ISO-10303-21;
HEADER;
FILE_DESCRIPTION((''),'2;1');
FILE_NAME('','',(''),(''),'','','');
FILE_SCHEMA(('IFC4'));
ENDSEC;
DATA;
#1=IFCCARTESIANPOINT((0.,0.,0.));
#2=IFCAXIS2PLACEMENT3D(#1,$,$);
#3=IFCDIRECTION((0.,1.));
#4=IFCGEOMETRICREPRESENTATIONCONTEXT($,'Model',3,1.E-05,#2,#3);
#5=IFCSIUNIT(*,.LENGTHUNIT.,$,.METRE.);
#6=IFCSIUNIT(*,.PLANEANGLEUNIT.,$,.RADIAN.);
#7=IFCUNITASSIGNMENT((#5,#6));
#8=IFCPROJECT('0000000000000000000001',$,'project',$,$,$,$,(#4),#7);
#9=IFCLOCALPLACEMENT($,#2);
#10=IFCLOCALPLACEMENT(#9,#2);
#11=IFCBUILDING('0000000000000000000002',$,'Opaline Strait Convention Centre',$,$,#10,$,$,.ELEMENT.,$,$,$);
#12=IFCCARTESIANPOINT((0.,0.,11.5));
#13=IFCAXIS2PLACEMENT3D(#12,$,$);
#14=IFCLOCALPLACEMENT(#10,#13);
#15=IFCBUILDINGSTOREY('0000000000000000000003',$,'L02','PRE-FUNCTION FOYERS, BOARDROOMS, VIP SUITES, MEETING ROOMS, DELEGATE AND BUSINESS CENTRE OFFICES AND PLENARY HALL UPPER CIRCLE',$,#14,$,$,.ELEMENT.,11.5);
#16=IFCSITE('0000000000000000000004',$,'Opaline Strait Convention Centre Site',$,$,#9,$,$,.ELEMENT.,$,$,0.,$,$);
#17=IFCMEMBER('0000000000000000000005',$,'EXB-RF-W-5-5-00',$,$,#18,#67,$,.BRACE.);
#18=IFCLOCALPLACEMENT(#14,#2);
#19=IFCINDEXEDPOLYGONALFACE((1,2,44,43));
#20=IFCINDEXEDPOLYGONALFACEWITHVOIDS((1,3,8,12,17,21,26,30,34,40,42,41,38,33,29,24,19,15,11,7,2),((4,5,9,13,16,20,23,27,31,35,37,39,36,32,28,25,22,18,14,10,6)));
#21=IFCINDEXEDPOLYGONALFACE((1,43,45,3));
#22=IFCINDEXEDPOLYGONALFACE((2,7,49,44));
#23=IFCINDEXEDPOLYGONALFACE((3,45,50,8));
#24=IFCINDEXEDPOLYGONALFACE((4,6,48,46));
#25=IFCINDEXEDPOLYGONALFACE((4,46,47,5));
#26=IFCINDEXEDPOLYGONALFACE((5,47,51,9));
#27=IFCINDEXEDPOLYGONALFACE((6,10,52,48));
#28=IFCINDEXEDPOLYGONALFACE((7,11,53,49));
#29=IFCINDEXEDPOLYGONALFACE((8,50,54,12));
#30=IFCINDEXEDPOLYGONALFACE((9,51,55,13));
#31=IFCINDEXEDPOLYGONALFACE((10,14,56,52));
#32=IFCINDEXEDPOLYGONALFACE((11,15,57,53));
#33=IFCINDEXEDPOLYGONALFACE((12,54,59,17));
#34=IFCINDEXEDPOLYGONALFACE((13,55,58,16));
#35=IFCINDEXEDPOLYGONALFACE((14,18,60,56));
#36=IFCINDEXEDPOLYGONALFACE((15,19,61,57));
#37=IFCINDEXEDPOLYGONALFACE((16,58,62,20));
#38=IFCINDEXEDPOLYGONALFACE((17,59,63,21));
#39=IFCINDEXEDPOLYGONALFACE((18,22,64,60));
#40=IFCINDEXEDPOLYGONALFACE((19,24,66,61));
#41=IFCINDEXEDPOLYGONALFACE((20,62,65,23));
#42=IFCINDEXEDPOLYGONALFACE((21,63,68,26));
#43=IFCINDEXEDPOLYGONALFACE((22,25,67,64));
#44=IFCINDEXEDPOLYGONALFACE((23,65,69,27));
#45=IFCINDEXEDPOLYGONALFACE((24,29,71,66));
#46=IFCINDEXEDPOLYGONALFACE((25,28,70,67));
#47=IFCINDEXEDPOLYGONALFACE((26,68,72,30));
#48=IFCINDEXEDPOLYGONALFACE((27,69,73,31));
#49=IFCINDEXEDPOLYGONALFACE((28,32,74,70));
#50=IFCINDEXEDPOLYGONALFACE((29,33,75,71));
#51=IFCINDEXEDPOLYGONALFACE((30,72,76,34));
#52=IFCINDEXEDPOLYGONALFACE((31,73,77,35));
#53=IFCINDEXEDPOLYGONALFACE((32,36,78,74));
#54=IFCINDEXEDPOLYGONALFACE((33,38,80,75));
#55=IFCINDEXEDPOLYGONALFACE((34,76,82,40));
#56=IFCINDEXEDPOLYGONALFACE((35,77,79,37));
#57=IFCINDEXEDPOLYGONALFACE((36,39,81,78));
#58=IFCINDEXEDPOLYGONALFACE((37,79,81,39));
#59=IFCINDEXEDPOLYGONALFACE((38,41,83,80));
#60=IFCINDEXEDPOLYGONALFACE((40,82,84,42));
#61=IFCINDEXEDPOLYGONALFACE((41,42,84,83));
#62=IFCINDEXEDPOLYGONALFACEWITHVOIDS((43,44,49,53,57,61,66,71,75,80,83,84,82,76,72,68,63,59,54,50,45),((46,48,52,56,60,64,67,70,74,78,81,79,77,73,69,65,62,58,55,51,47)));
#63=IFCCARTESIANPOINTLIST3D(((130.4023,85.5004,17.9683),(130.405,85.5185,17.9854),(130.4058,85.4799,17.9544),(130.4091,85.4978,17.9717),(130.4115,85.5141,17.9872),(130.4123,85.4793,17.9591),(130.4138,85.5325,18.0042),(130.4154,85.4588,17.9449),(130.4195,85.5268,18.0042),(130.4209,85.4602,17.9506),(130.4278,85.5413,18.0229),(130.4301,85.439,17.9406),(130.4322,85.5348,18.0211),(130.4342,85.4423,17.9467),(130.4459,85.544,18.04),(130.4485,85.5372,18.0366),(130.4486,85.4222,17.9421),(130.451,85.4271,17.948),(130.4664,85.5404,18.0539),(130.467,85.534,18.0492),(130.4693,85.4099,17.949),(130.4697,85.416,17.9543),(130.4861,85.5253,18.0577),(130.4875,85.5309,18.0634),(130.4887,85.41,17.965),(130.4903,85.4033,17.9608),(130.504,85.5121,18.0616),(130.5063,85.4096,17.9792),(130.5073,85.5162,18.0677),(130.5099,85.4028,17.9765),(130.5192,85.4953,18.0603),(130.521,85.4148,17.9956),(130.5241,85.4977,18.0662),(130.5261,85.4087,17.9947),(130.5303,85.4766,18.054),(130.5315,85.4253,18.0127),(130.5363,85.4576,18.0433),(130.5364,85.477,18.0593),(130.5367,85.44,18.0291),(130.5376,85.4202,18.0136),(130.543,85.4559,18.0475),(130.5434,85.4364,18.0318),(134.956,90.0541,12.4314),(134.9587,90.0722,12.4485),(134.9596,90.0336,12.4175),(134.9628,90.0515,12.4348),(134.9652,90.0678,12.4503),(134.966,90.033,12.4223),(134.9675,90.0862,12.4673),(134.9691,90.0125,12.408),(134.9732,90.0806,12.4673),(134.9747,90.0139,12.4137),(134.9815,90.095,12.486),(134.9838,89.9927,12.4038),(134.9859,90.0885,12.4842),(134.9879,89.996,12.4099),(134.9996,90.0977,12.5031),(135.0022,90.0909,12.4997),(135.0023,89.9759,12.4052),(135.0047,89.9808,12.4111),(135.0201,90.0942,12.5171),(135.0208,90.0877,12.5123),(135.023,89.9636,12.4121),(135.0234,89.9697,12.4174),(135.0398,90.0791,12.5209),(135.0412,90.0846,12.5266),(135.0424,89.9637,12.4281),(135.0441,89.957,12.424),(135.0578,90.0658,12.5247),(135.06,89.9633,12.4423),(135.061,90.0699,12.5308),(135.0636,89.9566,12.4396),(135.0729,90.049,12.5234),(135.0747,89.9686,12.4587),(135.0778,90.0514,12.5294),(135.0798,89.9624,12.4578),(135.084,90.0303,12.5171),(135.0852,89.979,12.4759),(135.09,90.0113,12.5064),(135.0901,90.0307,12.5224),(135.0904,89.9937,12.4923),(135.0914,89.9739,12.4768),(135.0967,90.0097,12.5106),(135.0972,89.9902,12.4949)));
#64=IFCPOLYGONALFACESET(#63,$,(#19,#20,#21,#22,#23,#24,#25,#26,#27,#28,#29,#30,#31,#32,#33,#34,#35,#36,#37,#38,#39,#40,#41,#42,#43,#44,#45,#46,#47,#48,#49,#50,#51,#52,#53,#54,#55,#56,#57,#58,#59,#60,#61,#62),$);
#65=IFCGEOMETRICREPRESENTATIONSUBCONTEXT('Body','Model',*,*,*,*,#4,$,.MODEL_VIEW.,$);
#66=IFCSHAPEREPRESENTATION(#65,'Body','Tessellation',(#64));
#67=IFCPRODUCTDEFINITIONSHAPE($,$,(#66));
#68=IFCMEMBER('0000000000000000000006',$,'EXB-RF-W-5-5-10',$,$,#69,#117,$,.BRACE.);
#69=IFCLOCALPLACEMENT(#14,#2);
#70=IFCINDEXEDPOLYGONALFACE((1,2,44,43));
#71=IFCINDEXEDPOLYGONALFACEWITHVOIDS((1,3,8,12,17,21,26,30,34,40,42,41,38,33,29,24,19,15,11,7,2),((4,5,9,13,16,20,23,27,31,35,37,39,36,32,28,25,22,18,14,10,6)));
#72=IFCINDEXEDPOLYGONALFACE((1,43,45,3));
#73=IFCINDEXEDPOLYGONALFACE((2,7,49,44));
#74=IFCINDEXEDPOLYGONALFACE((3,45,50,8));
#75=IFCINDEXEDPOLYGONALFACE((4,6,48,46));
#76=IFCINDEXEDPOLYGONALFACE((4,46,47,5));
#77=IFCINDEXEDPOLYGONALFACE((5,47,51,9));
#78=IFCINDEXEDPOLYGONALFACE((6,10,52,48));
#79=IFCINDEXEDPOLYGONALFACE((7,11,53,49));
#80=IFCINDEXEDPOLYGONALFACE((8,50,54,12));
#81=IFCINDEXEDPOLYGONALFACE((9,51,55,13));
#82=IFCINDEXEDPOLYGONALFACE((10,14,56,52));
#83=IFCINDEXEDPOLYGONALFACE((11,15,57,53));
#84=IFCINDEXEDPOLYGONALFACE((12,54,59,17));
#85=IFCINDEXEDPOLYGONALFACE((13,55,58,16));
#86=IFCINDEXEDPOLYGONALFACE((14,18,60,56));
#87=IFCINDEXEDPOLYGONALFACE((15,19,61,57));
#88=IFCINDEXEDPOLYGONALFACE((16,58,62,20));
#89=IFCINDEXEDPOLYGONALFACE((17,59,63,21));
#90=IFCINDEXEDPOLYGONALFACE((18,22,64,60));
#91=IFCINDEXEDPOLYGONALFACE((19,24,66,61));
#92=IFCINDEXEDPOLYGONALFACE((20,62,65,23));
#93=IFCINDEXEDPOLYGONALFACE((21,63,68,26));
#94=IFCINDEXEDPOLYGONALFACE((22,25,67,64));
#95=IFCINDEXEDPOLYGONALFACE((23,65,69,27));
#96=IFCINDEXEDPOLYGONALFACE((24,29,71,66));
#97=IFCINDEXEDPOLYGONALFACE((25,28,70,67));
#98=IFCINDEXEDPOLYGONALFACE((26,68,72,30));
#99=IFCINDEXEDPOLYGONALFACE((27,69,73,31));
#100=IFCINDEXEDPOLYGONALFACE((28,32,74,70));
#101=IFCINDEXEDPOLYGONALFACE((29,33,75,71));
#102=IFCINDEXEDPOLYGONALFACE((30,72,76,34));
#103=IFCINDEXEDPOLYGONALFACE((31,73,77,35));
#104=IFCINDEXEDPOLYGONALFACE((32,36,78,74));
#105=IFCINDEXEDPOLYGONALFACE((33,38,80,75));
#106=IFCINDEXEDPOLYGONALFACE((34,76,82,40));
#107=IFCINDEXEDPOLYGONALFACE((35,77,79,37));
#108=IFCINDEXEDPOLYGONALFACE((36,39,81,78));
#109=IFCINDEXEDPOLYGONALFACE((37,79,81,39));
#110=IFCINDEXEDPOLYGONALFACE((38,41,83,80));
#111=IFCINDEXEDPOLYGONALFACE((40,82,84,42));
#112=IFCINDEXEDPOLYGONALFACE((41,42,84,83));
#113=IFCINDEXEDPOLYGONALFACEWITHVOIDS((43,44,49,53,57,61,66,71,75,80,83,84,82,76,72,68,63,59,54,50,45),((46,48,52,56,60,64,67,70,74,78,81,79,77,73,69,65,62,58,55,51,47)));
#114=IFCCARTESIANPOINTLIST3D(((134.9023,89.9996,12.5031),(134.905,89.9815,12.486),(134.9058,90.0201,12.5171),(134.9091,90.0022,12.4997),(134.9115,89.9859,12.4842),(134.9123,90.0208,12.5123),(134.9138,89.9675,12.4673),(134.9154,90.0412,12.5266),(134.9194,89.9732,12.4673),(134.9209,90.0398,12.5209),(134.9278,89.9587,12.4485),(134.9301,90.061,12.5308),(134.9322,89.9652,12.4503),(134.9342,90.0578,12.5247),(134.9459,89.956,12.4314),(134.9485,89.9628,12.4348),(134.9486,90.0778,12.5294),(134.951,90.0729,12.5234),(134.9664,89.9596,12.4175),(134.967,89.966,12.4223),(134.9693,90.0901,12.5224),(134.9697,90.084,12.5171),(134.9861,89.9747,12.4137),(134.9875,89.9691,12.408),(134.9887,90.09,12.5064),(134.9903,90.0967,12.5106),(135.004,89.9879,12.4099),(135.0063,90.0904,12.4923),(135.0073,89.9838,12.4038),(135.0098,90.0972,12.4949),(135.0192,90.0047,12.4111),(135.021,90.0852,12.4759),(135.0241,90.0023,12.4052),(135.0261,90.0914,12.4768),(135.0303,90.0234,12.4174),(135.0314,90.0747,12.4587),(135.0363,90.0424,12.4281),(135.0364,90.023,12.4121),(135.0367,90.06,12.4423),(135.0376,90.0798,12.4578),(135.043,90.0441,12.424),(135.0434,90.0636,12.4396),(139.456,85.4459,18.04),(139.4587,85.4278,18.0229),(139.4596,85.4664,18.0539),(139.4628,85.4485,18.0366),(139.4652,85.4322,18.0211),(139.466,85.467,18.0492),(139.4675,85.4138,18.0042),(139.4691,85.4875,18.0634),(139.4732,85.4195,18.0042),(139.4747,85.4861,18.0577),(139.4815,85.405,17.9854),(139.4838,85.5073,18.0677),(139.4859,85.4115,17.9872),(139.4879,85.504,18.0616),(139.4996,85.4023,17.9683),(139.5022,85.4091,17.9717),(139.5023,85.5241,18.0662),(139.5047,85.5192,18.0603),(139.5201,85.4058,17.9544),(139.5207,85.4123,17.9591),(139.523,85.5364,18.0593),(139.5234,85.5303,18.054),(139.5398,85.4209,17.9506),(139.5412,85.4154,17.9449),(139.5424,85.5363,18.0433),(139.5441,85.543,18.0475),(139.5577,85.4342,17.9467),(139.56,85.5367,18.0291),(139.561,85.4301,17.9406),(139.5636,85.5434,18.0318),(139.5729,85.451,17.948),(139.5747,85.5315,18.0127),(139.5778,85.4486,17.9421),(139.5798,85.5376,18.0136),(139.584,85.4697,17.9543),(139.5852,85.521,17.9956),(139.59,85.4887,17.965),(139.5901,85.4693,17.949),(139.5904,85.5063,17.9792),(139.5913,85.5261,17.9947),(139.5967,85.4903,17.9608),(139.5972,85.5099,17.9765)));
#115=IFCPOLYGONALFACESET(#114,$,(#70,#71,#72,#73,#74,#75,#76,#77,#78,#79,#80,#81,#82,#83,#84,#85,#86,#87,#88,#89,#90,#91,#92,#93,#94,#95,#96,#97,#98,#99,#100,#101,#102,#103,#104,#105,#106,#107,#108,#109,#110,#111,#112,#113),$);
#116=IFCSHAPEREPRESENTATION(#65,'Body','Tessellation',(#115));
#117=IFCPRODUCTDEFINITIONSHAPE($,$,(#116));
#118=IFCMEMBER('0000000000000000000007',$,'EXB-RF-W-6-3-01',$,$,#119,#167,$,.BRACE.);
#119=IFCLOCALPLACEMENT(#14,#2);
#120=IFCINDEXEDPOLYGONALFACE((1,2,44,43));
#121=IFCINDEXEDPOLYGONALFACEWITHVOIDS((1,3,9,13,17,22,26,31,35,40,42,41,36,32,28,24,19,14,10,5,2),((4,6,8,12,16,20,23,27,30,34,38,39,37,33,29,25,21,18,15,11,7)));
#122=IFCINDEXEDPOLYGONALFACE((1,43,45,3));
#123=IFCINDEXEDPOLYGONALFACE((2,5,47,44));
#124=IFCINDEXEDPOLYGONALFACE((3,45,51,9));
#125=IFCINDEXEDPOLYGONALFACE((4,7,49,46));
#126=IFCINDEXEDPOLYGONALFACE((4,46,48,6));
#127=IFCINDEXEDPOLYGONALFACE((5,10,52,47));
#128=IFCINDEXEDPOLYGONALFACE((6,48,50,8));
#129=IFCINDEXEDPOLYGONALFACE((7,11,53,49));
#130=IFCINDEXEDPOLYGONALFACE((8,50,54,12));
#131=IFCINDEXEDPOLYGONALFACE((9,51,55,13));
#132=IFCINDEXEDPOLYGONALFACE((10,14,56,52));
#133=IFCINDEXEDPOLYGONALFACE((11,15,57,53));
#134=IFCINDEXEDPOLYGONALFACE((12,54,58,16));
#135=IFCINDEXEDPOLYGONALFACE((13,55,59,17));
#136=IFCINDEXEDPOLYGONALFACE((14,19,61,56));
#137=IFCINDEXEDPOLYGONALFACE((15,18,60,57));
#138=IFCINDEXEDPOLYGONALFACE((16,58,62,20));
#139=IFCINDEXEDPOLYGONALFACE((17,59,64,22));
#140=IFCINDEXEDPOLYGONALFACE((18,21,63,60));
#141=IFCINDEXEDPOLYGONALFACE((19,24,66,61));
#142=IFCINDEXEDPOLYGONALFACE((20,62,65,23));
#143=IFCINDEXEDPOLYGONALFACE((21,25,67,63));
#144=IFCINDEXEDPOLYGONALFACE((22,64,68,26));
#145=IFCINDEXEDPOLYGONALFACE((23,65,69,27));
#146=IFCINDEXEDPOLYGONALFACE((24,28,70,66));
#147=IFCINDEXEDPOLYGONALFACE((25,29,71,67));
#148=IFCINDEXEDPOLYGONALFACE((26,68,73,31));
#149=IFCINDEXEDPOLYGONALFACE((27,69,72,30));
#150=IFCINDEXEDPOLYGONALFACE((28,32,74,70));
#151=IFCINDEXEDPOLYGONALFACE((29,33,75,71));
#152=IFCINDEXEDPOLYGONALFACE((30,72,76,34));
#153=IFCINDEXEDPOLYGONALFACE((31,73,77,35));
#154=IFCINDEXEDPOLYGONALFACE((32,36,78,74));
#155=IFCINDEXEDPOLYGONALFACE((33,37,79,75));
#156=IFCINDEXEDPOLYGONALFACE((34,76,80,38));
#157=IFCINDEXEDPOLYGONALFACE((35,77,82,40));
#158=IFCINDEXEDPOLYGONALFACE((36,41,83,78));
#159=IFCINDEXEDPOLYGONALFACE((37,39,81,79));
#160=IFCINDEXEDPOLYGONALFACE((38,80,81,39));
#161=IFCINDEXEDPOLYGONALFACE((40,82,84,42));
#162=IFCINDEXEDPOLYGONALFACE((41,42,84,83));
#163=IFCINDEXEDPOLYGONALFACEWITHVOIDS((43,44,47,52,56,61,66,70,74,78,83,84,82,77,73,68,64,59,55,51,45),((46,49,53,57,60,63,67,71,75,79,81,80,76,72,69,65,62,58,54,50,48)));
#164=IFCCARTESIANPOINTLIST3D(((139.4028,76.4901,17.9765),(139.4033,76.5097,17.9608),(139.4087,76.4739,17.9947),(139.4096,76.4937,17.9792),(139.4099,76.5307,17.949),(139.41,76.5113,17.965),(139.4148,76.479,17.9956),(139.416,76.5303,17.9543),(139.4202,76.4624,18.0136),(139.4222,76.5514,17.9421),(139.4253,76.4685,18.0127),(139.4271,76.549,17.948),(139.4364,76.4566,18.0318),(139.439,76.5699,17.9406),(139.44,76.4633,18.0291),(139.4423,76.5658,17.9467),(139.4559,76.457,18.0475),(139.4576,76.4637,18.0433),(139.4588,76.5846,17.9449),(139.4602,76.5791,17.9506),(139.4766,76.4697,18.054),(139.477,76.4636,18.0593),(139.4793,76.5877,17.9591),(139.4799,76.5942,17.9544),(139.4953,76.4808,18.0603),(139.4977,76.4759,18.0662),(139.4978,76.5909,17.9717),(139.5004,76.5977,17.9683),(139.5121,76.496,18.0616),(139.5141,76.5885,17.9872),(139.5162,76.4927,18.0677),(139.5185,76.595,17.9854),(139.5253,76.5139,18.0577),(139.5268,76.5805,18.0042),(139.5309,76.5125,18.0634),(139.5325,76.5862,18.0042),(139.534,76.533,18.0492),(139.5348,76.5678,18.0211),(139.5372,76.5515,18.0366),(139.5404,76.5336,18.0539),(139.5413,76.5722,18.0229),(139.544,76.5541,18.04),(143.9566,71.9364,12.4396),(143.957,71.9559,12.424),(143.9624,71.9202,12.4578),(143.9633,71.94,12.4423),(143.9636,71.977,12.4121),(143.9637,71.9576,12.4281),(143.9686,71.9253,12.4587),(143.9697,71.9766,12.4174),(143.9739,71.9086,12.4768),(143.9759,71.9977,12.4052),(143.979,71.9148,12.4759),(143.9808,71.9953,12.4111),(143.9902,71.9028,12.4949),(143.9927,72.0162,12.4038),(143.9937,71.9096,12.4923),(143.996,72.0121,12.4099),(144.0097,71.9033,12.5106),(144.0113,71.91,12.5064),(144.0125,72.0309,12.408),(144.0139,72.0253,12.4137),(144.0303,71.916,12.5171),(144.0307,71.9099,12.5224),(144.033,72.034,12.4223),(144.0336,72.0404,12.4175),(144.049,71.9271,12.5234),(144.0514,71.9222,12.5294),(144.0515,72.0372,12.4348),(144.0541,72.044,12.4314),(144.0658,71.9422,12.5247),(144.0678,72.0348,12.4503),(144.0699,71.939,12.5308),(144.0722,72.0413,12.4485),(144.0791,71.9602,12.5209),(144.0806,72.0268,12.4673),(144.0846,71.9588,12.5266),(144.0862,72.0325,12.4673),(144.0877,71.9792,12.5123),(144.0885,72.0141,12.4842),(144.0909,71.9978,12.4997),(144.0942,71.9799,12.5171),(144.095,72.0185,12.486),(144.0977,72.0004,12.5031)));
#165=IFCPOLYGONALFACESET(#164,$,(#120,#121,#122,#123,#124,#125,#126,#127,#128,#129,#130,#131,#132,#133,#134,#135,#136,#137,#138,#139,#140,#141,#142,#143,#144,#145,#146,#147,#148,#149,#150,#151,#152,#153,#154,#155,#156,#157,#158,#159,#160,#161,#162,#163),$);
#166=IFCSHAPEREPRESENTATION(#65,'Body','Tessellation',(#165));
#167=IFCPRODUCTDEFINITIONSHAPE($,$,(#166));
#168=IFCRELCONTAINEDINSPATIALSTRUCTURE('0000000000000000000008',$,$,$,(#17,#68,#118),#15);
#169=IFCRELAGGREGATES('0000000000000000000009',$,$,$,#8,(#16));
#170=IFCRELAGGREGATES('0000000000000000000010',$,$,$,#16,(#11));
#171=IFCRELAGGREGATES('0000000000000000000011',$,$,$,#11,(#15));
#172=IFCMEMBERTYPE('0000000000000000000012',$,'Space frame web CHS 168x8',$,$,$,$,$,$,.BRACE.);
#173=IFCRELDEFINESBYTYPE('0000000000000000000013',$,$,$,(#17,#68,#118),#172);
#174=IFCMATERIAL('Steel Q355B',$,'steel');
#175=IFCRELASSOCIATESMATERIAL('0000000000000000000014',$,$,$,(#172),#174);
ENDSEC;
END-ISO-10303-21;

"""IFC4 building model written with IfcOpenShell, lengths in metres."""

from ifc_helpers import new_model, si_unit, direction, frame, origin, origin_2d, place, context, subcontext, project, spatial, hollow_circle, extrude, material, material_profile, profile_set, type_object, element, save


model = new_model("IFC4")

# Units and contexts
model_context = context("Model", 3, precision=1e-05, world=origin(), true_north=direction((0.0, 1.0)))
body_context = subcontext(model_context, "Body", "Model", "MODEL_VIEW")
ifc_project = project(units=[si_unit("LENGTHUNIT", "METRE"), si_unit("PLANEANGLEUNIT", "RADIAN")], contexts=[model_context])

# Site, building, storey
site_placement = place(None, origin())
site = spatial("IfcSite", under=ifc_project, at=site_placement, Name="Opaline Strait Convention Centre Site", CompositionType="ELEMENT", RefElevation=0.0)
building_placement = place(site_placement, origin())
building = spatial("IfcBuilding", under=site, at=building_placement, Name="Opaline Strait Convention Centre", CompositionType="ELEMENT")
storey_placement = place(building_placement, frame((0.0, 0.0, 11.5)))
storey = spatial("IfcBuildingStorey", under=building, at=storey_placement, Name="L02", Description="PRE-FUNCTION FOYERS, BOARDROOMS, VIP SUITES, MEETING ROOMS, DELEGATE AND BUSINESS CENTRE OFFICES AND PLENARY HALL UPPER CIRCLE", CompositionType="ELEMENT", Elevation=11.5)

# Members
ifc_material = material(Name="Steel Q355B", Category="steel")
ifc_material_profile_1 = material_profile(ifc_material, hollow_circle(Radius=0.084, WallThickness=0.0081, at=origin_2d()), Name="CHS 168x8")
ifc_profile_set_1 = profile_set([ifc_material_profile_1], Name="Steel Q355B")
member_type_1 = type_object("IfcMemberType", Name="Space frame web CHS 168x8", PredefinedType="BRACE", material=ifc_profile_set_1)
for number, where, z_axis, x_axis, name in (
    (1, (130.4731, 85.4731, 18.0042), (0.536178, 0.536178, -0.65194), (-0.707107, 0.707107, 0.0), "EXB-RF-W-5-5-00"),
    (2, (139.5269, 85.4731, 18.0042), (-0.536178, 0.536178, -0.65194), (-0.707107, -0.707107, 0.0), "EXB-RF-W-5-5-10"),
    (3, (139.4731, 76.5269, 18.0042), (0.536178, -0.536178, -0.65194), (0.707107, 0.707107, 0.0), "EXB-RF-W-6-3-01"),
):
    element("IfcMember", number, at=place(storey_placement, frame(where, z_axis=z_axis, x_axis=x_axis)), inside=storey, type_object=member_type_1, Name=name, PredefinedType="BRACE", context=body_context, shape_type="SweptSolid", body=[
        extrude(hollow_circle(Radius=0.084, WallThickness=0.0081, at=origin_2d()), origin(), (0.0, 0.0, 1.0), 8.4929),
    ])

save(model, "model.ifc")
